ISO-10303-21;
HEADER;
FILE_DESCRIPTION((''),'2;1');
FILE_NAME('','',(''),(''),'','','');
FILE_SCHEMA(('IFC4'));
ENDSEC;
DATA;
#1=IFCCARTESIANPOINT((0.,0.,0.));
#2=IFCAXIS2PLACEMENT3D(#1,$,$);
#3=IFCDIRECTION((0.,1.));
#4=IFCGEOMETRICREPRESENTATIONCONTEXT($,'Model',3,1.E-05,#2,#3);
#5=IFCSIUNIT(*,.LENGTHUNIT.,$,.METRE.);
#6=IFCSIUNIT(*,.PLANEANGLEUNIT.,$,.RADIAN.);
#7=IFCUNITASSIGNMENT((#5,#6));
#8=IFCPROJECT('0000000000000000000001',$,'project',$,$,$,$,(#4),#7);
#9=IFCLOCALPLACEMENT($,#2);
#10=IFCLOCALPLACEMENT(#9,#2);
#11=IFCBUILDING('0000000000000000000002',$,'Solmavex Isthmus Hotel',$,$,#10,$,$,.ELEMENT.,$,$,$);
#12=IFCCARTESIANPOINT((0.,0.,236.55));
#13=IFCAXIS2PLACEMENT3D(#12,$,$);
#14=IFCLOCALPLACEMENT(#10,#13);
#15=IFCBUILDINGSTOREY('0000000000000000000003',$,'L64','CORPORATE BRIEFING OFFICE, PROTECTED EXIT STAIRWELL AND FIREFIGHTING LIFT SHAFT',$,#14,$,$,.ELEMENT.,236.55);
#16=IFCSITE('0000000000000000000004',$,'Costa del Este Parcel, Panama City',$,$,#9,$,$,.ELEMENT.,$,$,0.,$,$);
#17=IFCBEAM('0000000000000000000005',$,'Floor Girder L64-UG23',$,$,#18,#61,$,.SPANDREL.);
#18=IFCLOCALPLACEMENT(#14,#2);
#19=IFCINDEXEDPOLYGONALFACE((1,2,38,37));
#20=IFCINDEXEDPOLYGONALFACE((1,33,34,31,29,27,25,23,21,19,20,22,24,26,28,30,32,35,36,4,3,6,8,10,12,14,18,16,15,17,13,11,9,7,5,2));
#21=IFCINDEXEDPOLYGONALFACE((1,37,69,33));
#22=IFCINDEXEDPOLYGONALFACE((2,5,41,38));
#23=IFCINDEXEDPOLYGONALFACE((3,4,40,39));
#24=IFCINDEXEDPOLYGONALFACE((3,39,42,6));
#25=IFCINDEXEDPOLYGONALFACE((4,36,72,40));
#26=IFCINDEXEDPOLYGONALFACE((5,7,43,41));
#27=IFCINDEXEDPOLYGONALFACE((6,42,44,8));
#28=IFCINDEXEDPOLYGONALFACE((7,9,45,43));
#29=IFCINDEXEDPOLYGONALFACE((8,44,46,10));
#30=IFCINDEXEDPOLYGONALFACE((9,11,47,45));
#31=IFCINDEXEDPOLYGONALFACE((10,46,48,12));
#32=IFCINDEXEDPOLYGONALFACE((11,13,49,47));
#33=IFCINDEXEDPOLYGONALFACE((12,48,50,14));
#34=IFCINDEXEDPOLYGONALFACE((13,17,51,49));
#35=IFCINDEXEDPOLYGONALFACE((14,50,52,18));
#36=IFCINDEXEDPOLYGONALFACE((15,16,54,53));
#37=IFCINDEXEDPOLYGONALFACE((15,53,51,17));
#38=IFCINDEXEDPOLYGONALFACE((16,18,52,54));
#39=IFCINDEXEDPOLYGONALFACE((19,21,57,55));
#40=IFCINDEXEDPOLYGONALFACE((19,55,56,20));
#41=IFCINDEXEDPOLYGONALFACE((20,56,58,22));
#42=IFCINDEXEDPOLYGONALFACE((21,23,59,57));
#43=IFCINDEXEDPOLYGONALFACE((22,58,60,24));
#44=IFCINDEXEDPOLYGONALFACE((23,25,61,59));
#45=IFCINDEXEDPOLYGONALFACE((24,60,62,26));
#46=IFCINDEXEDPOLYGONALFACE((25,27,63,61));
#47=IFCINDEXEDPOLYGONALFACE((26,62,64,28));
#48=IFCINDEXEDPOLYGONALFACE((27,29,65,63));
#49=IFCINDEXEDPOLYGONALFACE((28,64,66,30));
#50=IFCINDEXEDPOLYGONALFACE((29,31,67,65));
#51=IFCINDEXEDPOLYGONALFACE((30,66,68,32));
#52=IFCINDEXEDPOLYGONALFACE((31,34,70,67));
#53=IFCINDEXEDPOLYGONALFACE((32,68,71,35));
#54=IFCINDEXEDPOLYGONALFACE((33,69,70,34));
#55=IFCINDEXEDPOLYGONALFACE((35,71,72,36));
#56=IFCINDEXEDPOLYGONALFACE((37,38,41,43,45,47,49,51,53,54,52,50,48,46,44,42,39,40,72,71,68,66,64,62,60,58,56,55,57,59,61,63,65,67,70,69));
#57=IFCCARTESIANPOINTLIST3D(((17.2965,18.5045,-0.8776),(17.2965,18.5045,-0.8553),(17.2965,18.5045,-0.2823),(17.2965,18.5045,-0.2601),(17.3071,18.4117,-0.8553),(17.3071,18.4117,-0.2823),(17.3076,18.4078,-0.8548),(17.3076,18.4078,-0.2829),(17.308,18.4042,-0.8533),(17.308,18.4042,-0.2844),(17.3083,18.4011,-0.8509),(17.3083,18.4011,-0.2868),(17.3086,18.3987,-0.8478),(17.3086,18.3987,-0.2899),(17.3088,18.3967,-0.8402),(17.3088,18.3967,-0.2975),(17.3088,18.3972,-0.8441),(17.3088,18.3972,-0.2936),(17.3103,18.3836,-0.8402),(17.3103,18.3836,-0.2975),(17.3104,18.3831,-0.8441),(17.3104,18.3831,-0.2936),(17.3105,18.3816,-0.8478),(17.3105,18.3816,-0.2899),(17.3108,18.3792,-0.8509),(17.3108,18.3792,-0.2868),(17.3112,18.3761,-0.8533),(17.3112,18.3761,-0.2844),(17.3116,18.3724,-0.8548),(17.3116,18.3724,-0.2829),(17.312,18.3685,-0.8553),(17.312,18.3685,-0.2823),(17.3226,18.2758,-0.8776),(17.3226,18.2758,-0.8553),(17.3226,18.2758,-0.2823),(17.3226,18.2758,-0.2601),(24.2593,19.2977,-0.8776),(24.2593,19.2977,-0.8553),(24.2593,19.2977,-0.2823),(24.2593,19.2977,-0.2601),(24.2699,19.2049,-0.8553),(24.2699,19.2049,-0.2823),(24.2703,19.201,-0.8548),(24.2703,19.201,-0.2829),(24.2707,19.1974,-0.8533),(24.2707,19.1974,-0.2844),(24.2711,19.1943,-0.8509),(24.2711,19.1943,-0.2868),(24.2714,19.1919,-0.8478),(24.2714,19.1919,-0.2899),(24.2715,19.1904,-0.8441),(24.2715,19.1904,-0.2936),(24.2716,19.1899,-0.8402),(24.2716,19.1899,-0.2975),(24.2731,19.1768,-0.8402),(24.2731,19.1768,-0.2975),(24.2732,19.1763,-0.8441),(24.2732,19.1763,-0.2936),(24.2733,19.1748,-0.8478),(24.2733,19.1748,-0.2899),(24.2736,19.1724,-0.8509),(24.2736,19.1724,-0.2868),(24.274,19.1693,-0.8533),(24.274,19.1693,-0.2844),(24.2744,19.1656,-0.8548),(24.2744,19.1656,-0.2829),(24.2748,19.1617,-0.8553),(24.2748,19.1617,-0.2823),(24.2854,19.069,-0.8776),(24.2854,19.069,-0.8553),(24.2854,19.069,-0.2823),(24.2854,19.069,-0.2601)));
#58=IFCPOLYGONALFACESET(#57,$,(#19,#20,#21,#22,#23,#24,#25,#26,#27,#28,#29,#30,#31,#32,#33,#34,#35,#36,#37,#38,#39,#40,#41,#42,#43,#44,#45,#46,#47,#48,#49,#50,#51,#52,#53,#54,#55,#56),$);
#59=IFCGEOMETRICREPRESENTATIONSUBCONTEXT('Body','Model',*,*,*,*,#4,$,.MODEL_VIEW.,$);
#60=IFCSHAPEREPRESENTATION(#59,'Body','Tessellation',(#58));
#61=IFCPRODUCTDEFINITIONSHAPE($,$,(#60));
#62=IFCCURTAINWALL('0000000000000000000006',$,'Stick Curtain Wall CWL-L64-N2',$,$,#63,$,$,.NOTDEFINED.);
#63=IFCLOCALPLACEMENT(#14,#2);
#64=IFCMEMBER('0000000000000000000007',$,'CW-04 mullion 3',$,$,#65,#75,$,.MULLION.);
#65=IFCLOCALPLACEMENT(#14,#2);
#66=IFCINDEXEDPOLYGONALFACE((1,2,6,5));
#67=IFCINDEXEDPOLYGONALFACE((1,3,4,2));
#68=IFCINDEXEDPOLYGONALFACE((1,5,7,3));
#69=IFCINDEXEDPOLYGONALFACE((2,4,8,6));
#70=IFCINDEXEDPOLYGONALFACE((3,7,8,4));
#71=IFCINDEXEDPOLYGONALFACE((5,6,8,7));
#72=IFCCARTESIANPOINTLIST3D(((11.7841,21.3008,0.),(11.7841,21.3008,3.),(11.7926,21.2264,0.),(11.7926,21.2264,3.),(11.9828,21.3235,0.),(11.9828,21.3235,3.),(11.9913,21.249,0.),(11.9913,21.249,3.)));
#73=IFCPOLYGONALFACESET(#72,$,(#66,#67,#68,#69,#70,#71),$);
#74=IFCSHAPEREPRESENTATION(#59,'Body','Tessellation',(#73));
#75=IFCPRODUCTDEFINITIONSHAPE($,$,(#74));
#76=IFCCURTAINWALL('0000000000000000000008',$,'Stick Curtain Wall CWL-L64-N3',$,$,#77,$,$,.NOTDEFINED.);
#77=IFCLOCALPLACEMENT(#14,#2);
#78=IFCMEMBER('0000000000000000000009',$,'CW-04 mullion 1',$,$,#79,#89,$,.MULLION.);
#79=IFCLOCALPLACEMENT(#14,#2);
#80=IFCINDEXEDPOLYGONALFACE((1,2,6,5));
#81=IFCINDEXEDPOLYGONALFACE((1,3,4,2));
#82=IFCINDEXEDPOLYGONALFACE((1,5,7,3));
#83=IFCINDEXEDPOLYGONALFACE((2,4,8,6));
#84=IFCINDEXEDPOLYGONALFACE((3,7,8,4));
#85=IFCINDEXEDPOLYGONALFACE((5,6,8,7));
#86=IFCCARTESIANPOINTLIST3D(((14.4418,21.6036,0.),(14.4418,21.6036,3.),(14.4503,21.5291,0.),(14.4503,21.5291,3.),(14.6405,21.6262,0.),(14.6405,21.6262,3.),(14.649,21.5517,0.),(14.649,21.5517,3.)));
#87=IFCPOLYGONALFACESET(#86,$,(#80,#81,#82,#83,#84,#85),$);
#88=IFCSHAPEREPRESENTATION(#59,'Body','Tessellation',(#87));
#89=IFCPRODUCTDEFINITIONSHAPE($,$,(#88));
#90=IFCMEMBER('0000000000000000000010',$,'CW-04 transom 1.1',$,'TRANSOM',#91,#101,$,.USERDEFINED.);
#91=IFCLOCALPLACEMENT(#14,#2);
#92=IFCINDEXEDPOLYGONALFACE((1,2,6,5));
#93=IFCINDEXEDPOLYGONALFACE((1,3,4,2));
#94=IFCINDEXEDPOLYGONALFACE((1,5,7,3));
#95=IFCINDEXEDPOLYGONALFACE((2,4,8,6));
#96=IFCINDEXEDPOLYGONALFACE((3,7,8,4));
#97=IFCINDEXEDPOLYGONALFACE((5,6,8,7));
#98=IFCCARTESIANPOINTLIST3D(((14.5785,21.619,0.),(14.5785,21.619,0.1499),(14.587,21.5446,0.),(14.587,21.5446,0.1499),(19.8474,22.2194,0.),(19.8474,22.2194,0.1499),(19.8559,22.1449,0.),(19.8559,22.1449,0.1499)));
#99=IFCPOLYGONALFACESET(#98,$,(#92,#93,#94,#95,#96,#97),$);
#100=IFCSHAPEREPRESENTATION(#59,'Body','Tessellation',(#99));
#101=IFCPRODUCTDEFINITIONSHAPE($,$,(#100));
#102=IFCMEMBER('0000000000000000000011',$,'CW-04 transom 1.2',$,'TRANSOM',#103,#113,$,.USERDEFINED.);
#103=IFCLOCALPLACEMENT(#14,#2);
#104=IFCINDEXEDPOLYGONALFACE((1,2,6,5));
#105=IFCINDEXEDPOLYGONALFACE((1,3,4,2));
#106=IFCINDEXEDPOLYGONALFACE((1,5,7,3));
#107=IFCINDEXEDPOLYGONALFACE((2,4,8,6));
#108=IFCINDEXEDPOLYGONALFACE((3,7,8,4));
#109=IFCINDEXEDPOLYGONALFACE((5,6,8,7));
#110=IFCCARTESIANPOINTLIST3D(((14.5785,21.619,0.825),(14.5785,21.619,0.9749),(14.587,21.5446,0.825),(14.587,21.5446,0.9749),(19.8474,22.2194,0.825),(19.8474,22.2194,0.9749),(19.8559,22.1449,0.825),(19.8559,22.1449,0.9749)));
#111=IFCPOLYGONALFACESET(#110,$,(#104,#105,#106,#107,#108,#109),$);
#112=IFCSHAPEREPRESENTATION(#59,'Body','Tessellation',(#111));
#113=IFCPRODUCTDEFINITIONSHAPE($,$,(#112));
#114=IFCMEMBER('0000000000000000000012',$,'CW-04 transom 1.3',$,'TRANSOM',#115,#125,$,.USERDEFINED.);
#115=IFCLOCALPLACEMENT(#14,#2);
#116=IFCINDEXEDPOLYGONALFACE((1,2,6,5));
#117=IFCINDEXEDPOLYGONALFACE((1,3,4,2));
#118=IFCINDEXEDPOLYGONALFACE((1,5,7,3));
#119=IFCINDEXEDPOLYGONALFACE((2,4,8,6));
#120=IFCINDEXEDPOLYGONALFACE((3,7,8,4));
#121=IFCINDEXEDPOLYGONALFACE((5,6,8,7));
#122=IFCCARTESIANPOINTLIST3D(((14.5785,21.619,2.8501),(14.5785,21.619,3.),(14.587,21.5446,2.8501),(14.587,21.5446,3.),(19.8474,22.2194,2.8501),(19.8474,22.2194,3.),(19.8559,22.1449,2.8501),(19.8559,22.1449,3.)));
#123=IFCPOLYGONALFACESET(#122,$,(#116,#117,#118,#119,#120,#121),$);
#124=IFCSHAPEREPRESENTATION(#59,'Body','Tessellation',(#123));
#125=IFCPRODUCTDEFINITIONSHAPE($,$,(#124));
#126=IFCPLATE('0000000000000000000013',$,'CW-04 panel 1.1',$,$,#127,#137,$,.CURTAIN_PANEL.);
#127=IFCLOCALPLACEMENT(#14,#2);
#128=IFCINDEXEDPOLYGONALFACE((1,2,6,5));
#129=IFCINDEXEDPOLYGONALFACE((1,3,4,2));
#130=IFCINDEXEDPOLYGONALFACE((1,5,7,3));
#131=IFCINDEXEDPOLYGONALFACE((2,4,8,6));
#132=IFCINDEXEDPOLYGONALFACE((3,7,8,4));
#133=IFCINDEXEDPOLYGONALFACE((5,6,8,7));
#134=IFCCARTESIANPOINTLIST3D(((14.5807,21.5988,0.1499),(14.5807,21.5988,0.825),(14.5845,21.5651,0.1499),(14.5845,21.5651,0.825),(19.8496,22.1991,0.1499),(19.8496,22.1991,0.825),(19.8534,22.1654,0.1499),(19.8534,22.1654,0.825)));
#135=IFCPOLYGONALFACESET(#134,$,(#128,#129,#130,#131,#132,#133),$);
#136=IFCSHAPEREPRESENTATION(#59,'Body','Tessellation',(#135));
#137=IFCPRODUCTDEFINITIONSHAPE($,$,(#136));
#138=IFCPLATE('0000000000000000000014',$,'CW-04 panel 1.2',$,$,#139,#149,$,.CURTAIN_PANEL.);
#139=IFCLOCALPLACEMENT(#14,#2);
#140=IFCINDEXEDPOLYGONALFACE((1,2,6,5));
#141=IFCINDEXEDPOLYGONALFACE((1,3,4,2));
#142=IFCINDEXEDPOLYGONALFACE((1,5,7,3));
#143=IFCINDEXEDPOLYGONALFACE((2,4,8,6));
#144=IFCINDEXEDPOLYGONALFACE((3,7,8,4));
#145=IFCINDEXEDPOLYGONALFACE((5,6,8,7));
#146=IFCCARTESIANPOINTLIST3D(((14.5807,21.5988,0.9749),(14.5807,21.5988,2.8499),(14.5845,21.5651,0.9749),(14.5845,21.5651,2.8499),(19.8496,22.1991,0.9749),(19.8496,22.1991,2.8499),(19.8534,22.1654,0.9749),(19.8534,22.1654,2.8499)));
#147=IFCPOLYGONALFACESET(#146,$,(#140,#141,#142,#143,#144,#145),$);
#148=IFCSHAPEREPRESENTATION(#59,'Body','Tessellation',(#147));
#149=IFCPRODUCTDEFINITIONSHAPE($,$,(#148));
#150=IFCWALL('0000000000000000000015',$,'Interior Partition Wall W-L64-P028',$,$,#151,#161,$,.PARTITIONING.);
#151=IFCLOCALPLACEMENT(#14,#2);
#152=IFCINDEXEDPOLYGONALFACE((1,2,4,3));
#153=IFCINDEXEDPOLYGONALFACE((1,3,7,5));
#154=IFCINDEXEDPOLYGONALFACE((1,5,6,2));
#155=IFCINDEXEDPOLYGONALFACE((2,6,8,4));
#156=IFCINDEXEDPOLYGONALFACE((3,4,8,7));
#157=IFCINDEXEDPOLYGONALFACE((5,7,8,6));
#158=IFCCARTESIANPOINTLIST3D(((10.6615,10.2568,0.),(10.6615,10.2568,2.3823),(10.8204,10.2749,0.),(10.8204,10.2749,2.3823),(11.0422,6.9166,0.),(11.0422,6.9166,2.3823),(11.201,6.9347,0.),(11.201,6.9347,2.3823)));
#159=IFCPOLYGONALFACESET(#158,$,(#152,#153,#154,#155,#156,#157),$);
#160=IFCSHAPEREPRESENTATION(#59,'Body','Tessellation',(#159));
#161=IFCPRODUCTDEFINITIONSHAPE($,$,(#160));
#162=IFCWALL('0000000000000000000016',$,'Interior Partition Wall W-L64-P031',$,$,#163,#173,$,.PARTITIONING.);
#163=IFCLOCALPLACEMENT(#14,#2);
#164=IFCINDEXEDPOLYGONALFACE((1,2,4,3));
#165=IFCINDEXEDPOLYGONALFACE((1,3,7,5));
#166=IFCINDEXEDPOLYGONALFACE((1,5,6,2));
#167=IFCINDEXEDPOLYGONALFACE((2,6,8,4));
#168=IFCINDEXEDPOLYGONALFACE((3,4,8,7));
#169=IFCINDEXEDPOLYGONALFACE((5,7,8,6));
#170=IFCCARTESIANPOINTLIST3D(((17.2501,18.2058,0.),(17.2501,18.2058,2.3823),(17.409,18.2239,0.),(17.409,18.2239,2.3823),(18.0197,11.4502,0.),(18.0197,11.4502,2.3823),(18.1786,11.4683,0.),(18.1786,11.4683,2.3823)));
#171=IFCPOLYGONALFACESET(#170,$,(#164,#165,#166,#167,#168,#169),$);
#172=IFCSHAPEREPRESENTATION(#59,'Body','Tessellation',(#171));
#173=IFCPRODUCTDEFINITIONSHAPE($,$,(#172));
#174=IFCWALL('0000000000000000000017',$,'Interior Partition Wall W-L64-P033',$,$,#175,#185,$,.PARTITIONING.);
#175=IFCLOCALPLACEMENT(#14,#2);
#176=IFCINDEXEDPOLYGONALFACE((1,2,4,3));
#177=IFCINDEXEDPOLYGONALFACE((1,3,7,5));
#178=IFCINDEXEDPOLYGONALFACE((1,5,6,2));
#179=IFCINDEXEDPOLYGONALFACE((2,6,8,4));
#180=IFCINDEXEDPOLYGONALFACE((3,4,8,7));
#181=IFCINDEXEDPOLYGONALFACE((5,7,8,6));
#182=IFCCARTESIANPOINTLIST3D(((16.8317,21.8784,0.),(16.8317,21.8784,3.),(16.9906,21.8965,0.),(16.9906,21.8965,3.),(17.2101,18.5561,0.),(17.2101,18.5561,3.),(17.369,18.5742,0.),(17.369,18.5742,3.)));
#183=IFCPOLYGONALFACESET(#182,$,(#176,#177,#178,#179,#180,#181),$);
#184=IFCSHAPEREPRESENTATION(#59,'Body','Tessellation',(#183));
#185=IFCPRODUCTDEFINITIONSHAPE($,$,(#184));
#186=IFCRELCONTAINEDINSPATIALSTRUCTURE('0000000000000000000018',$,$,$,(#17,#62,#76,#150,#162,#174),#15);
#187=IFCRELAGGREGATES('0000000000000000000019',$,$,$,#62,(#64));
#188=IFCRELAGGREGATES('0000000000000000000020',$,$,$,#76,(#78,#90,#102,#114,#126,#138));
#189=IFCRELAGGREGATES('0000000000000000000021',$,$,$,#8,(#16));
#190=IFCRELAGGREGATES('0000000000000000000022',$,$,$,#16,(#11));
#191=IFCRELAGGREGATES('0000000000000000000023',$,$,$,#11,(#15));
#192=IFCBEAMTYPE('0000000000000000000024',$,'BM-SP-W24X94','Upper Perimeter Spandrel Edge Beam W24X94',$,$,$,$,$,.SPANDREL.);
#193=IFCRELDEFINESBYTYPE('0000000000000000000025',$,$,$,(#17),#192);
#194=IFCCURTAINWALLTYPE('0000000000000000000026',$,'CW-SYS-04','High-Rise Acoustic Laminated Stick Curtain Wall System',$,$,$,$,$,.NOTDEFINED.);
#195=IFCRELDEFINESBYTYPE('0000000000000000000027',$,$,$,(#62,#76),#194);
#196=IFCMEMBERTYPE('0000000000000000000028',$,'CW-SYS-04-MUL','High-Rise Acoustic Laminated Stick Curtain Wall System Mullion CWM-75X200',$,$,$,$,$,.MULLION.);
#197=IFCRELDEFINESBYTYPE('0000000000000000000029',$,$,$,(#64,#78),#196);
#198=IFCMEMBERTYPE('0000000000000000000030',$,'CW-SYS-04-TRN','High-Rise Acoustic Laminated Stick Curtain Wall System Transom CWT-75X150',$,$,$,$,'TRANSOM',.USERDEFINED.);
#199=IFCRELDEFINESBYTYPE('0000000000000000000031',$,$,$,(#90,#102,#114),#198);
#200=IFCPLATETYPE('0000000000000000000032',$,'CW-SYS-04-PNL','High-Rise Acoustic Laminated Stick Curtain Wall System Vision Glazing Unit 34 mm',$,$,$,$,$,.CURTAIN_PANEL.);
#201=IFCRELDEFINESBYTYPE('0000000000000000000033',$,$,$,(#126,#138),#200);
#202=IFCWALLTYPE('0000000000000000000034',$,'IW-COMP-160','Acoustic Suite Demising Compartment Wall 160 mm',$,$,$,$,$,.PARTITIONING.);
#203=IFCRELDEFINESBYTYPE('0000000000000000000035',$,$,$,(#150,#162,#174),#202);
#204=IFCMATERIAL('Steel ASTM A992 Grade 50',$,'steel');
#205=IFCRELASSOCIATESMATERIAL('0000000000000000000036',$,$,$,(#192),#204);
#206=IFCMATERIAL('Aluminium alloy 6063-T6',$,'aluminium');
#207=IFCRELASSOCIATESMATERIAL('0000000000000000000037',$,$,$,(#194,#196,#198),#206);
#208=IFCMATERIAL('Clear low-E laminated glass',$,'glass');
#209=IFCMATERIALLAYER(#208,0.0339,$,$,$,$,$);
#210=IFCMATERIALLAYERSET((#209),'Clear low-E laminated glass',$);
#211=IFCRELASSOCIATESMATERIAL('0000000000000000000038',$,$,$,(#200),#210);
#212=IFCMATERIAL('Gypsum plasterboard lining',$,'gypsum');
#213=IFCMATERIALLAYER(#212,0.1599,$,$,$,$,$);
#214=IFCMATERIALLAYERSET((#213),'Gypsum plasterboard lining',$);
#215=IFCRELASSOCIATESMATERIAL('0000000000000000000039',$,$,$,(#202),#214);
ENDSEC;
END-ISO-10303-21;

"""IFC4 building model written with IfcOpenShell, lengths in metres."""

from ifc_helpers import new_model, si_unit, direction, frame, frame_2d, origin, origin_2d, place, context, subcontext, project, spatial, rectangle, i_section, extrude, material, layer, layer_set, material_profile, profile_set, type_object, element, aggregate, save


model = new_model("IFC4")

# Units and contexts
model_context = context("Model", 3, precision=1e-05, world=origin(), true_north=direction((0.0, 1.0)))
body_context = subcontext(model_context, "Body", "Model", "MODEL_VIEW")
ifc_project = project(units=[si_unit("LENGTHUNIT", "METRE"), si_unit("PLANEANGLEUNIT", "RADIAN")], contexts=[model_context])

# Site, building, storey
site_placement = place(None, origin())
site = spatial("IfcSite", under=ifc_project, at=site_placement, Name="Costa del Este Parcel, Panama City", CompositionType="ELEMENT", RefElevation=0.0)
building_placement = place(site_placement, origin())
building = spatial("IfcBuilding", under=site, at=building_placement, Name="Solmavex Isthmus Hotel", CompositionType="ELEMENT")
storey_placement = place(building_placement, frame((0.0, 0.0, 236.55)))
storey = spatial("IfcBuildingStorey", under=building, at=storey_placement, Name="L64", Description="CORPORATE BRIEFING OFFICE, PROTECTED EXIT STAIRWELL AND FIREFIGHTING LIFT SHAFT", CompositionType="ELEMENT", Elevation=236.55)

# Beam
ifc_material_1 = material(Name="Steel ASTM A992 Grade 50", Category="steel")
ifc_material_profile_1 = material_profile(ifc_material_1, i_section(OverallWidth=0.2302, OverallDepth=0.6174, WebThickness=0.0132, FlangeThickness=0.0222, FilletRadius=0.0151, at=origin_2d()), Name="W24X94")
ifc_profile_set_1 = profile_set([ifc_material_profile_1], Name="Steel ASTM A992 Grade 50")
beam_type_1 = type_object("IfcBeamType", Name="BM-SP-W24X94", Description="Upper Perimeter Spandrel Edge Beam W24X94", PredefinedType="SPANDREL", material=ifc_profile_set_1)
beam_1_placement = place(storey_placement, frame((17.3096, 18.3901, -0.5688), z_axis=(0.993574, 0.113188, 0.0), x_axis=(-0.113188, 0.993574, 0.0)))
element("IfcBeam", 1, at=beam_1_placement, inside=storey, type_object=beam_type_1, Name="Floor Girder L64-UG23", PredefinedType="SPANDREL", context=body_context, shape_type="SweptSolid", body=[
    extrude(i_section(OverallWidth=0.2302, OverallDepth=0.6174, WebThickness=0.0132, FlangeThickness=0.0222, FilletRadius=0.0151, at=origin_2d()), origin(), (0.0, 0.0, 1.0), 7.0078),
])

# Curtain wall, member
ifc_material_2 = material(Name="Aluminium alloy 6063-T6", Category="aluminium")
curtain_wall_type = type_object("IfcCurtainWallType", Name="CW-SYS-04", Description="High-Rise Acoustic Laminated Stick Curtain Wall System", PredefinedType="NOTDEFINED", material=ifc_material_2)
curtain_wall_1_placement = place(storey_placement, origin())
curtain_wall_1 = element("IfcCurtainWall", 2, at=curtain_wall_1_placement, inside=storey, type_object=curtain_wall_type, Name="Stick Curtain Wall CWL-L64-N2", PredefinedType="NOTDEFINED")
ifc_material_profile_2 = material_profile(ifc_material_2, rectangle(XDim=0.075, YDim=0.2, at=origin_2d()), Name="CWM-75X200")
ifc_profile_set_2 = profile_set([ifc_material_profile_2], Name="Aluminium alloy 6063-T6")
member_type_1 = type_object("IfcMemberType", Name="CW-SYS-04-MUL", Description="High-Rise Acoustic Laminated Stick Curtain Wall System Mullion CWM-75X200", PredefinedType="MULLION", material=ifc_profile_set_2)
member_1_placement = place(storey_placement, frame((11.8877, 21.2749, 0.0), z_axis=(0.0, 0.0, 1.0), x_axis=(-0.113203, 0.993572, 0.0)))
member_1 = element("IfcMember", 3, at=member_1_placement, type_object=member_type_1, Name="CW-04 mullion 3", PredefinedType="MULLION", context=body_context, shape_type="SweptSolid", body=[
    extrude(rectangle(XDim=0.075, YDim=0.2, at=origin_2d()), origin(), (0.0, 0.0, 1.0), 3.0),
])
aggregate(curtain_wall_1, [member_1])

# Curtain wall, members, plates
curtain_wall_2_placement = place(storey_placement, origin())
curtain_wall_2 = element("IfcCurtainWall", 4, at=curtain_wall_2_placement, inside=storey, type_object=curtain_wall_type, Name="Stick Curtain Wall CWL-L64-N3", PredefinedType="NOTDEFINED")
member_2_placement = place(storey_placement, frame((14.5454, 21.5776, 0.0), z_axis=(0.0, 0.0, 1.0), x_axis=(-0.113204, 0.993572, 0.0)))
member_2 = element("IfcMember", 5, at=member_2_placement, type_object=member_type_1, Name="CW-04 mullion 1", PredefinedType="MULLION", context=body_context, shape_type="SweptSolid", body=[
    extrude(rectangle(XDim=0.075, YDim=0.2, at=origin_2d()), origin(), (0.0, 0.0, 1.0), 3.0),
])
ifc_material_profile_3 = material_profile(ifc_material_2, rectangle(XDim=0.075, YDim=0.1499, at=origin_2d()), Name="CWT-75X150")
ifc_profile_set_3 = profile_set([ifc_material_profile_3], Name="Aluminium alloy 6063-T6")
member_type_2 = type_object("IfcMemberType", Name="CW-SYS-04-TRN", Description="High-Rise Acoustic Laminated Stick Curtain Wall System Transom CWT-75X150", ElementType="TRANSOM", PredefinedType="USERDEFINED", material=ifc_profile_set_3)
member_3_placement = place(storey_placement, frame((14.5828, 21.5818, 0.075), z_axis=(0.993571, 0.11321, 0.0), x_axis=(-0.11321, 0.993571, 0.0)))
member_3 = element("IfcMember", 6, at=member_3_placement, type_object=member_type_2, Name="CW-04 transom 1.1", ObjectType="TRANSOM", PredefinedType="USERDEFINED", context=body_context, shape_type="SweptSolid", body=[
    extrude(rectangle(XDim=0.075, YDim=0.1499, at=origin_2d()), origin(), (0.0, 0.0, 1.0), 5.303),
])
member_4_placement = place(storey_placement, frame((14.5828, 21.5818, 0.8999), z_axis=(0.993571, 0.11321, 0.0), x_axis=(-0.11321, 0.993571, 0.0)))
member_4 = element("IfcMember", 7, at=member_4_placement, type_object=member_type_2, Name="CW-04 transom 1.2", ObjectType="TRANSOM", PredefinedType="USERDEFINED", context=body_context, shape_type="SweptSolid", body=[
    extrude(rectangle(XDim=0.075, YDim=0.1499, at=origin_2d()), origin(), (0.0, 0.0, 1.0), 5.303),
])
member_5_placement = place(storey_placement, frame((14.5828, 21.5818, 2.925), z_axis=(0.993571, 0.11321, 0.0), x_axis=(-0.11321, 0.993571, 0.0)))
member_5 = element("IfcMember", 8, at=member_5_placement, type_object=member_type_2, Name="CW-04 transom 1.3", ObjectType="TRANSOM", PredefinedType="USERDEFINED", context=body_context, shape_type="SweptSolid", body=[
    extrude(rectangle(XDim=0.075, YDim=0.1499, at=origin_2d()), origin(), (0.0, 0.0, 1.0), 5.303),
])
ifc_material_3 = material(Name="Clear low-E laminated glass", Category="glass")
ifc_layer_1 = layer(ifc_material_3, 0.0339)
ifc_layer_set_1 = layer_set([ifc_layer_1], Name="Clear low-E laminated glass")
plate_type = type_object("IfcPlateType", Name="CW-SYS-04-PNL", Description="High-Rise Acoustic Laminated Stick Curtain Wall System Vision Glazing Unit 34 mm", PredefinedType="CURTAIN_PANEL", material=ifc_layer_set_1)
plate_1_placement = place(storey_placement, frame((17.217, 21.8821, 0.1499), z_axis=(0.0, 0.0, 1.0), x_axis=(0.993572, 0.113204, 0.0)))
plate_1 = element("IfcPlate", 9, at=plate_1_placement, type_object=plate_type, Name="CW-04 panel 1.1", PredefinedType="CURTAIN_PANEL", context=body_context, shape_type="SweptSolid", body=[
    extrude(rectangle(XDim=5.303, YDim=0.0339, at=origin_2d()), origin(), (0.0, 0.0, 1.0), 0.675),
])
plate_2_placement = place(storey_placement, frame((17.217, 21.8821, 0.9749), z_axis=(0.0, 0.0, 1.0), x_axis=(0.993572, 0.113204, 0.0)))
plate_2 = element("IfcPlate", 10, at=plate_2_placement, type_object=plate_type, Name="CW-04 panel 1.2", PredefinedType="CURTAIN_PANEL", context=body_context, shape_type="SweptSolid", body=[
    extrude(rectangle(XDim=5.303, YDim=0.0339, at=origin_2d()), origin(), (0.0, 0.0, 1.0), 1.875),
])
aggregate(curtain_wall_2, [member_2, member_3, member_4, member_5, plate_1, plate_2])

# Walls
ifc_material_4 = material(Name="Gypsum plasterboard lining", Category="gypsum")
ifc_layer_2 = layer(ifc_material_4, 0.1599)
ifc_layer_set_2 = layer_set([ifc_layer_2], Name="Gypsum plasterboard lining")
wall_type_1 = type_object("IfcWallType", Name="IW-COMP-160", Description="Acoustic Suite Demising Compartment Wall 160 mm", PredefinedType="PARTITIONING", material=ifc_layer_set_2)
wall_1_placement = place(storey_placement, frame((10.741, 10.2659, 0.0), z_axis=(0.0, 0.0, 1.0), x_axis=(0.113221, -0.99357, 0.0)))
element("IfcWall", 11, at=wall_1_placement, inside=storey, type_object=wall_type_1, Name="Interior Partition Wall W-L64-P028", PredefinedType="PARTITIONING", context=body_context, shape_type="SweptSolid", body=[
    extrude(rectangle(XDim=3.3618, YDim=0.1599, at=frame_2d((1.6809, 0.0))), origin(), (0.0, 0.0, 1.0), 2.3823),
])
wall_2_placement = place(storey_placement, frame((17.3296, 18.2148, 0.0), z_axis=(0.0, 0.0, 1.0), x_axis=(0.113178, -0.993575, 0.0)))
element("IfcWall", 12, at=wall_2_placement, inside=storey, type_object=wall_type_1, Name="Interior Partition Wall W-L64-P031", PredefinedType="PARTITIONING", context=body_context, shape_type="SweptSolid", body=[
    extrude(rectangle(XDim=6.7993, YDim=0.1599, at=frame_2d((3.3997, 0.0))), origin(), (0.0, 0.0, 1.0), 2.3823),
])
wall_3_placement = place(storey_placement, frame((16.9111, 21.8875, 0.0), z_axis=(0.0, 0.0, 1.0), x_axis=(0.113172, -0.993575, 0.0)))
element("IfcWall", 13, at=wall_3_placement, inside=storey, type_object=wall_type_1, Name="Interior Partition Wall W-L64-P033", PredefinedType="PARTITIONING", context=body_context, shape_type="SweptSolid", body=[
    extrude(rectangle(XDim=3.3438, YDim=0.1599, at=frame_2d((1.6719, 0.0))), origin(), (0.0, 0.0, 1.0), 3.0),
])

save(model, "model.ifc")
